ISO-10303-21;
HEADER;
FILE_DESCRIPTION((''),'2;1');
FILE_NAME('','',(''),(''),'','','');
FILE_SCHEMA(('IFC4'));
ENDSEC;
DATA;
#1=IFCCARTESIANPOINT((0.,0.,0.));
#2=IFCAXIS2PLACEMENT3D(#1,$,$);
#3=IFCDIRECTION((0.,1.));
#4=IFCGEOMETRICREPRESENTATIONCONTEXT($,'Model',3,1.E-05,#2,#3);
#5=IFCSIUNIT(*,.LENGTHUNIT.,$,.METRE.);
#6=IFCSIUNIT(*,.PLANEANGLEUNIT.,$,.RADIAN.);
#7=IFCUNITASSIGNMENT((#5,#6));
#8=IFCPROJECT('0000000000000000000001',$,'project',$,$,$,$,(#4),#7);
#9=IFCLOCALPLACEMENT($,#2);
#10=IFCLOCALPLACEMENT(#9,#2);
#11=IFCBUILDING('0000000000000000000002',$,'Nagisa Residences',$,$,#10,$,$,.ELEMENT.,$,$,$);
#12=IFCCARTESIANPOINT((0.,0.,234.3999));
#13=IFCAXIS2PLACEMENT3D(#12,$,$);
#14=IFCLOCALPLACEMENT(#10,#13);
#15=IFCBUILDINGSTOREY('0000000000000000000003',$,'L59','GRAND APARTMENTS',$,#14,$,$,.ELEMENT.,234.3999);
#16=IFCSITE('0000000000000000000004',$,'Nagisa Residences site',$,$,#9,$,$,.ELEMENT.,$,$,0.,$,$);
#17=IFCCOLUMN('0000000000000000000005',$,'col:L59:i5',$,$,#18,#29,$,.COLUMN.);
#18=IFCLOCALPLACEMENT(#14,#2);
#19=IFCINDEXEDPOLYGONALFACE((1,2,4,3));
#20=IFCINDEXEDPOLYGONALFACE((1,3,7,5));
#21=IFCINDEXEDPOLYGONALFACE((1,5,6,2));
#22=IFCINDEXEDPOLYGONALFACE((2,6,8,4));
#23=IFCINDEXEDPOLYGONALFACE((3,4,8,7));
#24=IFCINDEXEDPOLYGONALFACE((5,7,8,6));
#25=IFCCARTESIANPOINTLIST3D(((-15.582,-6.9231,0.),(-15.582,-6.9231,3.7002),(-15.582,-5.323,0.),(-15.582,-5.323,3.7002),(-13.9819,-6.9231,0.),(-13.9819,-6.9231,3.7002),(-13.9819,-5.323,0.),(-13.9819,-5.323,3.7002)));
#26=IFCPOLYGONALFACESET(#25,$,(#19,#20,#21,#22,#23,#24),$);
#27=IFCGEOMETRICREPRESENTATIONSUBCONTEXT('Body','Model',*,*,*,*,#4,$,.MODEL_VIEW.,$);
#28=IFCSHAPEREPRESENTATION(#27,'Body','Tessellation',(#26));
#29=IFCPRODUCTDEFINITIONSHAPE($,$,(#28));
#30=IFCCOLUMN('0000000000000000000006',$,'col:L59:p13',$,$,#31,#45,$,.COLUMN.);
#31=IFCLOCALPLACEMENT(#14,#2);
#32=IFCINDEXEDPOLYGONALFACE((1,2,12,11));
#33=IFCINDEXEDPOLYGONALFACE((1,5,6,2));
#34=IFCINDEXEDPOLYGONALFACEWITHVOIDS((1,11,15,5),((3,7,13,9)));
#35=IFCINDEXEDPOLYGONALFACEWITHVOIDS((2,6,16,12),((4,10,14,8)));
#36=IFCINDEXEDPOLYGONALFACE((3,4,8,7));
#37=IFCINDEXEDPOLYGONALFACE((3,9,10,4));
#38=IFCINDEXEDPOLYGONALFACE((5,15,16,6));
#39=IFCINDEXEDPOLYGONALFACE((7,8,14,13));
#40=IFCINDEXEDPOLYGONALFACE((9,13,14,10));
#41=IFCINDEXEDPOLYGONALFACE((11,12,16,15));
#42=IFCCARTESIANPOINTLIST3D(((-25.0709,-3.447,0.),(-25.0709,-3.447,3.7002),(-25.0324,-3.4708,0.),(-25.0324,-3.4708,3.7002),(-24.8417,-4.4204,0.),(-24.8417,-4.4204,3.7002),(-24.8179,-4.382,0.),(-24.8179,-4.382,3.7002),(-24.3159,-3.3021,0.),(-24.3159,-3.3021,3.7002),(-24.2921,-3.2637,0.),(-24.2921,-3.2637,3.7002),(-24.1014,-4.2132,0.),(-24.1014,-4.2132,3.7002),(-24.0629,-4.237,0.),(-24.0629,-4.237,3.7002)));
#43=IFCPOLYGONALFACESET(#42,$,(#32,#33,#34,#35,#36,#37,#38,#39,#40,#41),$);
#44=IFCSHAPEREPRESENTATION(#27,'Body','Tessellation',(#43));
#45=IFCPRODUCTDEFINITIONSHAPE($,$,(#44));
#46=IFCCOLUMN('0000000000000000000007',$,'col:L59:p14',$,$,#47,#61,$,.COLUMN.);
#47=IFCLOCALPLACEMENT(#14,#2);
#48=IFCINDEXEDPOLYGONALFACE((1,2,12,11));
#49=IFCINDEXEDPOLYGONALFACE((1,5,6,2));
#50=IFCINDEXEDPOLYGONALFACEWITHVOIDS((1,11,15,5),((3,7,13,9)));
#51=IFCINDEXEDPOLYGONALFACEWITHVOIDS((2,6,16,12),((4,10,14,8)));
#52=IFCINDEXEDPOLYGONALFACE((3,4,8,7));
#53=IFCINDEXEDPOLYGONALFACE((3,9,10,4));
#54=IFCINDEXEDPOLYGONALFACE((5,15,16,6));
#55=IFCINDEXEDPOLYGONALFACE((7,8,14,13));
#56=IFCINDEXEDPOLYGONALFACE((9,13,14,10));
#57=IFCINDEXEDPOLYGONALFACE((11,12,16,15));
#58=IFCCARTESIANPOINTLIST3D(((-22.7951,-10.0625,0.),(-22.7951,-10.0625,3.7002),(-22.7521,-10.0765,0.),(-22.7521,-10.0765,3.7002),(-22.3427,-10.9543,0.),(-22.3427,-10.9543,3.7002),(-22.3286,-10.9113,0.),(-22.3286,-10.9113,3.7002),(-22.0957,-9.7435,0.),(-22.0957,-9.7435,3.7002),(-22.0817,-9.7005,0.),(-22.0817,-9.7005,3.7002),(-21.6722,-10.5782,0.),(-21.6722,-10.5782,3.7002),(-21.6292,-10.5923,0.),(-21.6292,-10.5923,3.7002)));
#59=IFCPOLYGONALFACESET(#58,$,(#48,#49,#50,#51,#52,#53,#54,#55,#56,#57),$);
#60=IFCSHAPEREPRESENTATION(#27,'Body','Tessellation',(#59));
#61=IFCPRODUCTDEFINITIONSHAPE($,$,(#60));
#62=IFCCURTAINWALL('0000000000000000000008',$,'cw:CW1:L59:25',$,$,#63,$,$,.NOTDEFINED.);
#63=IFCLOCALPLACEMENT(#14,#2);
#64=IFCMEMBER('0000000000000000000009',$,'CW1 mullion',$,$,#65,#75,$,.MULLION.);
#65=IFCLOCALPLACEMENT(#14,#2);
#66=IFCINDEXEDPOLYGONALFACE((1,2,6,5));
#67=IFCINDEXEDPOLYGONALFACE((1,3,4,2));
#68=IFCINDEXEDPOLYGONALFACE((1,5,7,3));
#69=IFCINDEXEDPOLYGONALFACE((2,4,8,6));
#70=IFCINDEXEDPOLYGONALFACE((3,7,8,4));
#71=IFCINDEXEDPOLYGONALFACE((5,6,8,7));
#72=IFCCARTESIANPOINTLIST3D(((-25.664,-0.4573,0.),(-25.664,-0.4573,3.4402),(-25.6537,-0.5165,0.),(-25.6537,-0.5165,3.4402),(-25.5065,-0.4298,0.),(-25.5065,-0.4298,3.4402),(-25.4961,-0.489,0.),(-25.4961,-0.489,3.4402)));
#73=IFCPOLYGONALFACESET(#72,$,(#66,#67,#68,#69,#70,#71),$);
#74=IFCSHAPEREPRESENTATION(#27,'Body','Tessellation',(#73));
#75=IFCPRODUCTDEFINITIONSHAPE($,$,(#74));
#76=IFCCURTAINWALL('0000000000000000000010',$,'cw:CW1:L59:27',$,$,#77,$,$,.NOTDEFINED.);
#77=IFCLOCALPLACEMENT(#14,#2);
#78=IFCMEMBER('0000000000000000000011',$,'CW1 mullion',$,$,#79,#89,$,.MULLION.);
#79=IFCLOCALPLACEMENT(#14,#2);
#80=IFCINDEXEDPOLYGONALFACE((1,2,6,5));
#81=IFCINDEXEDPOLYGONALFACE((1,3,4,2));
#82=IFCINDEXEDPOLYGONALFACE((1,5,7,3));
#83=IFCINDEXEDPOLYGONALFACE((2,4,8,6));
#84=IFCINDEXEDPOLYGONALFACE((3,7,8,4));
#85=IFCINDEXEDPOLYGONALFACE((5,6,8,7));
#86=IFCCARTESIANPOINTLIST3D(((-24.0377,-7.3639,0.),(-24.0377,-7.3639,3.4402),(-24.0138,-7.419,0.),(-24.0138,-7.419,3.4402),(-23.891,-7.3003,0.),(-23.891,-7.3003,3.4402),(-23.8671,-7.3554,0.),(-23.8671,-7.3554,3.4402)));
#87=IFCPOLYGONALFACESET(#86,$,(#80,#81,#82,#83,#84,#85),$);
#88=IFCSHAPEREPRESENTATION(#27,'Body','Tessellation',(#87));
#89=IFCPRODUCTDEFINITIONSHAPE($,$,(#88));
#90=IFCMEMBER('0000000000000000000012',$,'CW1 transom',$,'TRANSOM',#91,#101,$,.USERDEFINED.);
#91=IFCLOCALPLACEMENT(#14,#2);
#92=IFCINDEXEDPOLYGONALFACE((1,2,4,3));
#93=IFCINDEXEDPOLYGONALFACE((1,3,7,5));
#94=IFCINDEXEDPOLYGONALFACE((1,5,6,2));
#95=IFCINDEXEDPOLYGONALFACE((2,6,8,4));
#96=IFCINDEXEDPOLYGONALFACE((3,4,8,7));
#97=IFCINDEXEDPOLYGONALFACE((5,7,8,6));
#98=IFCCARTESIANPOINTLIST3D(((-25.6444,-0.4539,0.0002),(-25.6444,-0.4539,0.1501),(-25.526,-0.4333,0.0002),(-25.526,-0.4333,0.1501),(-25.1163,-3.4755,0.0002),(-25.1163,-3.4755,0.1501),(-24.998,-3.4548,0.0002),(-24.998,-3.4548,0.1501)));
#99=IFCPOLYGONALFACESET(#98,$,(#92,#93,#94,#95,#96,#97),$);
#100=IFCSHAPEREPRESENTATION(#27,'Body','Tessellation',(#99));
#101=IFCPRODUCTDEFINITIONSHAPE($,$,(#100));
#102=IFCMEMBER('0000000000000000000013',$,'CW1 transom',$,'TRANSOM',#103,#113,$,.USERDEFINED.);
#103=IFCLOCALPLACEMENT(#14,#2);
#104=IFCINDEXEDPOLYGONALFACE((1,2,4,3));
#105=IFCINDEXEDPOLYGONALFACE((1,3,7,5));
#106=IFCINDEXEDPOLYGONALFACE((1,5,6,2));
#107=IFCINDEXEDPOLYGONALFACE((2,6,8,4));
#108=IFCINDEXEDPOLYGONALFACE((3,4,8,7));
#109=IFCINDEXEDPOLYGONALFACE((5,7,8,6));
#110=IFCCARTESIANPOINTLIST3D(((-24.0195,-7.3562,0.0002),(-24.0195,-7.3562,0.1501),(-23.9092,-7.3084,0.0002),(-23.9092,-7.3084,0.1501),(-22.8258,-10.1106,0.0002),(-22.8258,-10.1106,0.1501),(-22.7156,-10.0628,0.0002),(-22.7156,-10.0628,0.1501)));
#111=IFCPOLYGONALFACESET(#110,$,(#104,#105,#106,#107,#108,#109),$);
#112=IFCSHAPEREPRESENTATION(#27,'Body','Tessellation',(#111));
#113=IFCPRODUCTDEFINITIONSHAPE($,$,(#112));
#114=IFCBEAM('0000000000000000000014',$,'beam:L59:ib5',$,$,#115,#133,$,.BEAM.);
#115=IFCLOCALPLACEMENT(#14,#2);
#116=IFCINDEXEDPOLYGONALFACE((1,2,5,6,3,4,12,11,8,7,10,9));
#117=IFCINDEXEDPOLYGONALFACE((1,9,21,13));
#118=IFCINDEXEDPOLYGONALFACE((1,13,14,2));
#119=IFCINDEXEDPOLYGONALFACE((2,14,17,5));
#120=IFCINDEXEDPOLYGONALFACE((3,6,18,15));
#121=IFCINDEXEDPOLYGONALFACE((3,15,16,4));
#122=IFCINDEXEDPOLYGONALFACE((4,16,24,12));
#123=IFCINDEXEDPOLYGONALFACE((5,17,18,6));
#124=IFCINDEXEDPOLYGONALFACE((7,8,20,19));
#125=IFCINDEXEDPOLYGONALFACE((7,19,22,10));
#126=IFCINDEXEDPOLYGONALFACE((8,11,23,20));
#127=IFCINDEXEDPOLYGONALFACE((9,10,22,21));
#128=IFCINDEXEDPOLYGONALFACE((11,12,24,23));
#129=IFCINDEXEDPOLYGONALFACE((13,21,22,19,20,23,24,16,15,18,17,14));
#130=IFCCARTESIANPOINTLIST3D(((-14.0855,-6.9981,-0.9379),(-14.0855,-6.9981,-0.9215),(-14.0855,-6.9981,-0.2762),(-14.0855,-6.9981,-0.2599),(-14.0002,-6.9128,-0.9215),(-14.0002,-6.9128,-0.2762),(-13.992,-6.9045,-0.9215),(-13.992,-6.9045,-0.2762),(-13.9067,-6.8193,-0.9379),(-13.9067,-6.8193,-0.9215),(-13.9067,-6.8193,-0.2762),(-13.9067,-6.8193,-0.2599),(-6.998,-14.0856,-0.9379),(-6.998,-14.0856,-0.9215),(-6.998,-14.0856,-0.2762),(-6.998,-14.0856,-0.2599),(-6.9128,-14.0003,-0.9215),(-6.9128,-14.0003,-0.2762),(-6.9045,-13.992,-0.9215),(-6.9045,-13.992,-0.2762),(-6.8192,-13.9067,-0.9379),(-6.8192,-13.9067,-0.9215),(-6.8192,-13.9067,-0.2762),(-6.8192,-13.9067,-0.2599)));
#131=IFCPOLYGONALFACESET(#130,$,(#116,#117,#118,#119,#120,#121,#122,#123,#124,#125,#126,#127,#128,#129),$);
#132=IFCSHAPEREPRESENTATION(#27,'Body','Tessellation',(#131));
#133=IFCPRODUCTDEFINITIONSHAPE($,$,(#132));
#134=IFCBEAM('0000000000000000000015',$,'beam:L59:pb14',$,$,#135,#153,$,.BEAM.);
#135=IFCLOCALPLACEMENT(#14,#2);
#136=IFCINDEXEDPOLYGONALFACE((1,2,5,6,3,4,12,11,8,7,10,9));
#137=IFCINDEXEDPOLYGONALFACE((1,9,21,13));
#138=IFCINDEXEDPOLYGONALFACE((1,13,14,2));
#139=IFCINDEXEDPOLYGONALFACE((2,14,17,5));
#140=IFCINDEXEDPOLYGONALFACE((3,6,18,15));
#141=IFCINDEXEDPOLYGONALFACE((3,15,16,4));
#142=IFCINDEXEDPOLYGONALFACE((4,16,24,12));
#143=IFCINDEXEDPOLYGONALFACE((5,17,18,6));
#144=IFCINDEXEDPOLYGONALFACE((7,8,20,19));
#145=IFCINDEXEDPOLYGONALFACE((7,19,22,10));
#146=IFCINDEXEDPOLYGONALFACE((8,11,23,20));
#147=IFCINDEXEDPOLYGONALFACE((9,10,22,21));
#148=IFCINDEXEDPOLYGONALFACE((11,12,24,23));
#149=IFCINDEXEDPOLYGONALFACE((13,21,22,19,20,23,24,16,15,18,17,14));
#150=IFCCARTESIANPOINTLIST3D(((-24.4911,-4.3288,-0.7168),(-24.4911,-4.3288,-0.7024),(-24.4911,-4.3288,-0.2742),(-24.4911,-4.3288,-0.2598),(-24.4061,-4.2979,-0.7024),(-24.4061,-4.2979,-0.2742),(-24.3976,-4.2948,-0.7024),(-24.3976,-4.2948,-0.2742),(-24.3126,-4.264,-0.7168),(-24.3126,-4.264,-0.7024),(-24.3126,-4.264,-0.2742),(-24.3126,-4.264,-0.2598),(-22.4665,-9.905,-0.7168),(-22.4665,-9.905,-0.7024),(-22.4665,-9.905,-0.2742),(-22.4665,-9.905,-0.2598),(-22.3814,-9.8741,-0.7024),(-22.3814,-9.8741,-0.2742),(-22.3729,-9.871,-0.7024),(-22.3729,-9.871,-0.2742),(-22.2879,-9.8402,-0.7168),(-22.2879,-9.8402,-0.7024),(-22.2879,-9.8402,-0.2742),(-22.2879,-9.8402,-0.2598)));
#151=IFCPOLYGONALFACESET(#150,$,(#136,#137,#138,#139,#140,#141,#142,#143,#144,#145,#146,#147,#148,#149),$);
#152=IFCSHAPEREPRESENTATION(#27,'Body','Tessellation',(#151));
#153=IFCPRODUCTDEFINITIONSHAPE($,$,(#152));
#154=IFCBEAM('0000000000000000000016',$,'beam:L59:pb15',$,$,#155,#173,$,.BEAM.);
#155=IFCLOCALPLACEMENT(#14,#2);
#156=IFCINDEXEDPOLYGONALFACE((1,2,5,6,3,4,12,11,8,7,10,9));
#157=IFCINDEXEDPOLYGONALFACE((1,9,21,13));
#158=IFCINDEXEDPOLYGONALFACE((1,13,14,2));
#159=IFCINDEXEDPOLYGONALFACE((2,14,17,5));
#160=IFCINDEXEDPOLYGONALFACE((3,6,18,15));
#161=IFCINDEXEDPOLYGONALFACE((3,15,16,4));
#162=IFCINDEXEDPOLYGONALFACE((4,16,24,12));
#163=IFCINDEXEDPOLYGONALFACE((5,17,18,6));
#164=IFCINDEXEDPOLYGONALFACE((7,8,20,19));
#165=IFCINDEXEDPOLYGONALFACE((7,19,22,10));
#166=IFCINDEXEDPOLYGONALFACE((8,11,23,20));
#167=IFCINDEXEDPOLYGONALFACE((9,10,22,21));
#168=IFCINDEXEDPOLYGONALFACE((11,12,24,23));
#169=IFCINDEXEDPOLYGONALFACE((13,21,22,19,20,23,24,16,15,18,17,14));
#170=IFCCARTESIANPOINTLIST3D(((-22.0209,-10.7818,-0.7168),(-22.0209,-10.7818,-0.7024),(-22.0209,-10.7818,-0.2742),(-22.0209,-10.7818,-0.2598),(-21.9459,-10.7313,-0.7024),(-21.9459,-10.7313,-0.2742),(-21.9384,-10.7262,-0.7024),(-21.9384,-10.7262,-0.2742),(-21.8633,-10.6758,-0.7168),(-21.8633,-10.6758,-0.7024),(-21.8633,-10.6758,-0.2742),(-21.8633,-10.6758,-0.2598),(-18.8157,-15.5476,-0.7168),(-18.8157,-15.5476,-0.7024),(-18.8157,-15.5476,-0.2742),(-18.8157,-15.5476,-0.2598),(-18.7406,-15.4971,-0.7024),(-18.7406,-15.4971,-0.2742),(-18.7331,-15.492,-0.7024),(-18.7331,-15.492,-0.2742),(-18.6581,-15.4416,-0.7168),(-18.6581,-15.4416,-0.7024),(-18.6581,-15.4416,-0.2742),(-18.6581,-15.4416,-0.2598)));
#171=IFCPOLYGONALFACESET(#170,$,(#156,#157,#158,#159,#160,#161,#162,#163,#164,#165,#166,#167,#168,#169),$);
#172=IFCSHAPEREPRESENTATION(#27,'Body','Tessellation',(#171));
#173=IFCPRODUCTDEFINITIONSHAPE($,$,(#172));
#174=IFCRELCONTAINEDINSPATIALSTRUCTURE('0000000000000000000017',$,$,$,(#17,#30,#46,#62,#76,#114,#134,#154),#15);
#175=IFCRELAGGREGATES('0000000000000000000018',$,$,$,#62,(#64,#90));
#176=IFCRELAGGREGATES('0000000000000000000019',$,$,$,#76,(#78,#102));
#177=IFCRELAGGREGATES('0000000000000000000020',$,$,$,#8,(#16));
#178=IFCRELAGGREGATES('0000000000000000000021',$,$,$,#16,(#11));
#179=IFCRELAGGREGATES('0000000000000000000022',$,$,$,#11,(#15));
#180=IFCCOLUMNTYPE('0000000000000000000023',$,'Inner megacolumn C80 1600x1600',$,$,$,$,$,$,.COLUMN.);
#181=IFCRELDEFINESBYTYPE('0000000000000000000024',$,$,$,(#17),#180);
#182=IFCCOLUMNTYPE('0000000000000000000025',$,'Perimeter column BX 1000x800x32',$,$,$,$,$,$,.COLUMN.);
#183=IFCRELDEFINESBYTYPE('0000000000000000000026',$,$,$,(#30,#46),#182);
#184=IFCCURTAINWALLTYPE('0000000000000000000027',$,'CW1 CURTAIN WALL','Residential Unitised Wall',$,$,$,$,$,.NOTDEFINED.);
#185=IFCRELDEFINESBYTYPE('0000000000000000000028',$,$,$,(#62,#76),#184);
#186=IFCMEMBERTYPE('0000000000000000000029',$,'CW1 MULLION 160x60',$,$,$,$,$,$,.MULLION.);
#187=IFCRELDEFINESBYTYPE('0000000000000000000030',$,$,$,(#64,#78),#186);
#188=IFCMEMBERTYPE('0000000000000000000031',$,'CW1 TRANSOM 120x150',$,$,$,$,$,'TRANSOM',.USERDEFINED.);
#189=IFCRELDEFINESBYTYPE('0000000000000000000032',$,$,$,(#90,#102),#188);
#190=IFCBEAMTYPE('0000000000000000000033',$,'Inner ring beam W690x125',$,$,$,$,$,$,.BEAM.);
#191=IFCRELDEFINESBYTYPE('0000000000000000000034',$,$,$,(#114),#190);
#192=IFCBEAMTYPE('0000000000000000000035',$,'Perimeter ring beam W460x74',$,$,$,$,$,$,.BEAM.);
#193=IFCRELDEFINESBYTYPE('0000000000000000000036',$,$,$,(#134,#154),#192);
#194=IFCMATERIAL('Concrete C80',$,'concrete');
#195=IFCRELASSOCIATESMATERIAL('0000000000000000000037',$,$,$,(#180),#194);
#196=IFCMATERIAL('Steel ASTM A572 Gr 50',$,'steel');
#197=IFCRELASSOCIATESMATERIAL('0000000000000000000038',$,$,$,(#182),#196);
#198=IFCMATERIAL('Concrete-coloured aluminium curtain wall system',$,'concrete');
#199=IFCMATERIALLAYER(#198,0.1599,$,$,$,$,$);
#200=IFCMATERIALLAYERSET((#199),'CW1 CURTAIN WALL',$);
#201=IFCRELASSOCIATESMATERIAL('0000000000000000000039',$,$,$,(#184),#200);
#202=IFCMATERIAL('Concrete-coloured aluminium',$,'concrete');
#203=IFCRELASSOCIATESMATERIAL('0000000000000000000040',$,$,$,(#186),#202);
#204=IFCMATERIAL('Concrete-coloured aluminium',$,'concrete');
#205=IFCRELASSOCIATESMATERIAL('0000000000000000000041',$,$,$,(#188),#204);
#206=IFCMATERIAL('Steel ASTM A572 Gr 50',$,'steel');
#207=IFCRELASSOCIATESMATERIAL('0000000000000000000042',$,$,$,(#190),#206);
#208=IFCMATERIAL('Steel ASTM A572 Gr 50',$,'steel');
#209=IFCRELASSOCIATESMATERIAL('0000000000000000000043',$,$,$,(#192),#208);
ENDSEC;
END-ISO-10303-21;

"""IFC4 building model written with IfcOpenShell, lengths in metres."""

from ifc_helpers import new_model, si_unit, direction, frame, origin, origin_2d, place, context, subcontext, project, spatial, rectangle, hollow_rectangle, i_section, extrude, material, layer, layer_set, material_profile, profile_set, type_object, element, aggregate, save


model = new_model("IFC4")

# Units and contexts
model_context = context("Model", 3, precision=1e-05, world=origin(), true_north=direction((0.0, 1.0)))
body_context = subcontext(model_context, "Body", "Model", "MODEL_VIEW")
ifc_project = project(units=[si_unit("LENGTHUNIT", "METRE"), si_unit("PLANEANGLEUNIT", "RADIAN")], contexts=[model_context])

# Site, building, storey
site_placement = place(None, origin())
site = spatial("IfcSite", under=ifc_project, at=site_placement, Name="Nagisa Residences site", CompositionType="ELEMENT", RefElevation=0.0)
building_placement = place(site_placement, origin())
building = spatial("IfcBuilding", under=site, at=building_placement, Name="Nagisa Residences", CompositionType="ELEMENT")
storey_placement = place(building_placement, frame((0.0, 0.0, 234.3999)))
storey = spatial("IfcBuildingStorey", under=building, at=storey_placement, Name="L59", Description="GRAND APARTMENTS", CompositionType="ELEMENT", Elevation=234.3999)

# Columns
ifc_material_1 = material(Name="Concrete C80", Category="concrete")
ifc_material_profile_1 = material_profile(ifc_material_1, rectangle(XDim=1.6001, YDim=1.6001, at=origin_2d()), Name="C80 1600x1600")
ifc_profile_set_1 = profile_set([ifc_material_profile_1], Name="Concrete C80")
column_type_1 = type_object("IfcColumnType", Name="Inner megacolumn C80 1600x1600", PredefinedType="COLUMN", material=ifc_profile_set_1)
column_placement = place(storey_placement, frame((-14.782, -6.123, 0.0), z_axis=(0.0, 0.0, 1.0), x_axis=(1.0, 0.0, 0.0)))
element("IfcColumn", 1, at=column_placement, inside=storey, type_object=column_type_1, Name="col:L59:i5", PredefinedType="COLUMN", context=body_context, shape_type="SweptSolid", body=[
    extrude(rectangle(XDim=1.6001, YDim=1.6001, at=origin_2d()), origin(), (0.0, 0.0, 1.0), 3.7002),
])
ifc_material_2 = material(Name="Steel ASTM A572 Gr 50", Category="steel")
ifc_material_profile_2 = material_profile(ifc_material_2, hollow_rectangle(XDim=1.0, YDim=0.8, WallThickness=0.032, at=origin_2d()), Name="BX 1000x800x32")
ifc_profile_set_2 = profile_set([ifc_material_profile_2], Name="Steel ASTM A572 Gr 50")
column_type_2 = type_object("IfcColumnType", Name="Perimeter column BX 1000x800x32", PredefinedType="COLUMN", material=ifc_profile_set_2)
for number, where, z_axis, x_axis, name in (
    (2, (-24.5669, -3.842, 0.0), (0.0, 0.0, 1.0), (0.229202, -0.973379, 0.0), "col:L59:p13"),
    (3, (-22.2122, -10.3274, 0.0), (0.0, 0.0, 1.0), (0.452463, -0.891783, 0.0), "col:L59:p14"),
):
    element("IfcColumn", number, at=place(storey_placement, frame(where, z_axis=z_axis, x_axis=x_axis)), inside=storey, type_object=column_type_2, Name=name, PredefinedType="COLUMN", context=body_context, shape_type="SweptSolid", body=[
        extrude(hollow_rectangle(XDim=1.0, YDim=0.8, WallThickness=0.032, at=origin_2d()), origin(), (0.0, 0.0, 1.0), 3.7002),
    ])

# Curtain walls, members
ifc_material_3 = material(Name="Concrete-coloured aluminium curtain wall system", Category="concrete")
ifc_layer_1 = layer(ifc_material_3, 0.1599)
ifc_layer_set_1 = layer_set([ifc_layer_1], Name="CW1 CURTAIN WALL")
curtain_wall_type = type_object("IfcCurtainWallType", Name="CW1 CURTAIN WALL", Description="Residential Unitised Wall", PredefinedType="NOTDEFINED", material=ifc_layer_set_1)
curtain_wall_1_placement = place(storey_placement, origin())
curtain_wall_1 = element("IfcCurtainWall", 4, at=curtain_wall_1_placement, inside=storey, type_object=curtain_wall_type, Name="cw:CW1:L59:25", PredefinedType="NOTDEFINED")
ifc_material_4 = material(Name="Concrete-coloured aluminium", Category="concrete")
ifc_material_profile_3 = material_profile(ifc_material_4, rectangle(XDim=0.1599, YDim=0.0601, at=origin_2d()), Name="CW1 MULLION 160x60")
ifc_profile_set_3 = profile_set([ifc_material_profile_3], Name="Concrete-coloured aluminium")
member_type_1 = type_object("IfcMemberType", Name="CW1 MULLION 160x60", PredefinedType="MULLION", material=ifc_profile_set_3)
member_1_placement = place(storey_placement, frame((-25.5801, -0.4731, 0.0), z_axis=(0.0, 0.0, 1.0), x_axis=(0.985064, 0.172191, 0.0)))
member_1 = element("IfcMember", 5, at=member_1_placement, type_object=member_type_1, Name="CW1 mullion", PredefinedType="MULLION", context=body_context, shape_type="SweptSolid", body=[
    extrude(rectangle(XDim=0.1599, YDim=0.0601, at=origin_2d()), origin(), (0.0, 0.0, 1.0), 3.4402),
])
curtain_wall_2_placement = place(storey_placement, origin())
curtain_wall_2 = element("IfcCurtainWall", 6, at=curtain_wall_2_placement, inside=storey, type_object=curtain_wall_type, Name="cw:CW1:L59:27", PredefinedType="NOTDEFINED")
member_2_placement = place(storey_placement, frame((-23.9524, -7.3596, 0.0), z_axis=(0.0, 0.0, 1.0), x_axis=(0.917543, 0.397636, 0.0)))
member_2 = element("IfcMember", 7, at=member_2_placement, type_object=member_type_1, Name="CW1 mullion", PredefinedType="MULLION", context=body_context, shape_type="SweptSolid", body=[
    extrude(rectangle(XDim=0.1599, YDim=0.0601, at=origin_2d()), origin(), (0.0, 0.0, 1.0), 3.4402),
])

# Members
ifc_material_5 = material(Name="Concrete-coloured aluminium", Category="concrete")
ifc_material_profile_4 = material_profile(ifc_material_5, rectangle(XDim=0.1201, YDim=0.1499, at=origin_2d()), Name="CW1 TRANSOM 120x150")
ifc_profile_set_4 = profile_set([ifc_material_profile_4], Name="Concrete-coloured aluminium")
member_type_2 = type_object("IfcMemberType", Name="CW1 TRANSOM 120x150", ElementType="TRANSOM", PredefinedType="USERDEFINED", material=ifc_profile_set_4)
member_3_placement = place(storey_placement, frame((-25.5852, -0.4436, 0.0752), z_axis=(0.172164, -0.985068, 0.0), x_axis=(0.985068, 0.172164, 0.0)))
member_3 = element("IfcMember", 8, at=member_3_placement, type_object=member_type_2, Name="CW1 transom", ObjectType="TRANSOM", PredefinedType="USERDEFINED", context=body_context, shape_type="SweptSolid", body=[
    extrude(rectangle(XDim=0.1201, YDim=0.1499, at=origin_2d()), origin(), (0.0, 0.0, 1.0), 3.0674),
])
member_4_placement = place(storey_placement, frame((-23.9644, -7.3323, 0.0752), z_axis=(0.397617, -0.917552, 0.0), x_axis=(0.917552, 0.397617, 0.0)))
member_4 = element("IfcMember", 9, at=member_4_placement, type_object=member_type_2, Name="CW1 transom", ObjectType="TRANSOM", PredefinedType="USERDEFINED", context=body_context, shape_type="SweptSolid", body=[
    extrude(rectangle(XDim=0.1201, YDim=0.1499, at=origin_2d()), origin(), (0.0, 0.0, 1.0), 3.002),
])

# Beams
ifc_material_6 = material(Name="Steel ASTM A572 Gr 50", Category="steel")
ifc_material_profile_5 = material_profile(ifc_material_6, i_section(OverallWidth=0.2529, OverallDepth=0.678, WebThickness=0.0117, FlangeThickness=0.0164, at=origin_2d()), Name="W690x125")
ifc_profile_set_5 = profile_set([ifc_material_profile_5], Name="Steel ASTM A572 Gr 50")
beam_type_1 = type_object("IfcBeamType", Name="Inner ring beam W690x125", PredefinedType="BEAM", material=ifc_profile_set_5)
beam_1_placement = place(storey_placement, frame((-13.9961, -6.9087, -0.5989), z_axis=(0.707107, -0.707107, 0.0), x_axis=(0.707107, 0.707107, 0.0)))
element("IfcBeam", 10, at=beam_1_placement, inside=storey, type_object=beam_type_1, Name="beam:L59:ib5", PredefinedType="BEAM", context=body_context, shape_type="SweptSolid", body=[
    extrude(i_section(OverallWidth=0.2529, OverallDepth=0.678, WebThickness=0.0117, FlangeThickness=0.0164, at=origin_2d()), origin(), (0.0, 0.0, 1.0), 10.0232),
])
ifc_material_7 = material(Name="Steel ASTM A572 Gr 50", Category="steel")
ifc_material_profile_6 = material_profile(ifc_material_7, i_section(OverallWidth=0.1899, OverallDepth=0.457, WebThickness=0.009, FlangeThickness=0.0144, at=origin_2d()), Name="W460x74")
ifc_profile_set_6 = profile_set([ifc_material_profile_6], Name="Steel ASTM A572 Gr 50")
beam_type_2 = type_object("IfcBeamType", Name="Perimeter ring beam W460x74", PredefinedType="BEAM", material=ifc_profile_set_6)
beam_2_placement = place(storey_placement, frame((-24.4019, -4.2964, -0.4883), z_axis=(0.34129, -0.939958, 0.0), x_axis=(0.939958, 0.34129, 0.0)))
element("IfcBeam", 11, at=beam_2_placement, inside=storey, type_object=beam_type_2, Name="beam:L59:pb14", PredefinedType="BEAM", context=body_context, shape_type="SweptSolid", body=[
    extrude(i_section(OverallWidth=0.1899, OverallDepth=0.457, WebThickness=0.009, FlangeThickness=0.0144, at=origin_2d()), origin(), (0.0, 0.0, 1.0), 5.9324),
])
beam_3_placement = place(storey_placement, frame((-21.9421, -10.7288, -0.4883), z_axis=(0.55808, -0.829787, 0.0), x_axis=(0.829787, 0.55808, 0.0)))
element("IfcBeam", 12, at=beam_3_placement, inside=storey, type_object=beam_type_2, Name="beam:L59:pb15", PredefinedType="BEAM", context=body_context, shape_type="SweptSolid", body=[
    extrude(i_section(OverallWidth=0.1899, OverallDepth=0.457, WebThickness=0.009, FlangeThickness=0.0144, at=origin_2d()), origin(), (0.0, 0.0, 1.0), 5.7434),
])

aggregate(curtain_wall_1, [member_1, member_3])
aggregate(curtain_wall_2, [member_2, member_4])

save(model, "model.ifc")
